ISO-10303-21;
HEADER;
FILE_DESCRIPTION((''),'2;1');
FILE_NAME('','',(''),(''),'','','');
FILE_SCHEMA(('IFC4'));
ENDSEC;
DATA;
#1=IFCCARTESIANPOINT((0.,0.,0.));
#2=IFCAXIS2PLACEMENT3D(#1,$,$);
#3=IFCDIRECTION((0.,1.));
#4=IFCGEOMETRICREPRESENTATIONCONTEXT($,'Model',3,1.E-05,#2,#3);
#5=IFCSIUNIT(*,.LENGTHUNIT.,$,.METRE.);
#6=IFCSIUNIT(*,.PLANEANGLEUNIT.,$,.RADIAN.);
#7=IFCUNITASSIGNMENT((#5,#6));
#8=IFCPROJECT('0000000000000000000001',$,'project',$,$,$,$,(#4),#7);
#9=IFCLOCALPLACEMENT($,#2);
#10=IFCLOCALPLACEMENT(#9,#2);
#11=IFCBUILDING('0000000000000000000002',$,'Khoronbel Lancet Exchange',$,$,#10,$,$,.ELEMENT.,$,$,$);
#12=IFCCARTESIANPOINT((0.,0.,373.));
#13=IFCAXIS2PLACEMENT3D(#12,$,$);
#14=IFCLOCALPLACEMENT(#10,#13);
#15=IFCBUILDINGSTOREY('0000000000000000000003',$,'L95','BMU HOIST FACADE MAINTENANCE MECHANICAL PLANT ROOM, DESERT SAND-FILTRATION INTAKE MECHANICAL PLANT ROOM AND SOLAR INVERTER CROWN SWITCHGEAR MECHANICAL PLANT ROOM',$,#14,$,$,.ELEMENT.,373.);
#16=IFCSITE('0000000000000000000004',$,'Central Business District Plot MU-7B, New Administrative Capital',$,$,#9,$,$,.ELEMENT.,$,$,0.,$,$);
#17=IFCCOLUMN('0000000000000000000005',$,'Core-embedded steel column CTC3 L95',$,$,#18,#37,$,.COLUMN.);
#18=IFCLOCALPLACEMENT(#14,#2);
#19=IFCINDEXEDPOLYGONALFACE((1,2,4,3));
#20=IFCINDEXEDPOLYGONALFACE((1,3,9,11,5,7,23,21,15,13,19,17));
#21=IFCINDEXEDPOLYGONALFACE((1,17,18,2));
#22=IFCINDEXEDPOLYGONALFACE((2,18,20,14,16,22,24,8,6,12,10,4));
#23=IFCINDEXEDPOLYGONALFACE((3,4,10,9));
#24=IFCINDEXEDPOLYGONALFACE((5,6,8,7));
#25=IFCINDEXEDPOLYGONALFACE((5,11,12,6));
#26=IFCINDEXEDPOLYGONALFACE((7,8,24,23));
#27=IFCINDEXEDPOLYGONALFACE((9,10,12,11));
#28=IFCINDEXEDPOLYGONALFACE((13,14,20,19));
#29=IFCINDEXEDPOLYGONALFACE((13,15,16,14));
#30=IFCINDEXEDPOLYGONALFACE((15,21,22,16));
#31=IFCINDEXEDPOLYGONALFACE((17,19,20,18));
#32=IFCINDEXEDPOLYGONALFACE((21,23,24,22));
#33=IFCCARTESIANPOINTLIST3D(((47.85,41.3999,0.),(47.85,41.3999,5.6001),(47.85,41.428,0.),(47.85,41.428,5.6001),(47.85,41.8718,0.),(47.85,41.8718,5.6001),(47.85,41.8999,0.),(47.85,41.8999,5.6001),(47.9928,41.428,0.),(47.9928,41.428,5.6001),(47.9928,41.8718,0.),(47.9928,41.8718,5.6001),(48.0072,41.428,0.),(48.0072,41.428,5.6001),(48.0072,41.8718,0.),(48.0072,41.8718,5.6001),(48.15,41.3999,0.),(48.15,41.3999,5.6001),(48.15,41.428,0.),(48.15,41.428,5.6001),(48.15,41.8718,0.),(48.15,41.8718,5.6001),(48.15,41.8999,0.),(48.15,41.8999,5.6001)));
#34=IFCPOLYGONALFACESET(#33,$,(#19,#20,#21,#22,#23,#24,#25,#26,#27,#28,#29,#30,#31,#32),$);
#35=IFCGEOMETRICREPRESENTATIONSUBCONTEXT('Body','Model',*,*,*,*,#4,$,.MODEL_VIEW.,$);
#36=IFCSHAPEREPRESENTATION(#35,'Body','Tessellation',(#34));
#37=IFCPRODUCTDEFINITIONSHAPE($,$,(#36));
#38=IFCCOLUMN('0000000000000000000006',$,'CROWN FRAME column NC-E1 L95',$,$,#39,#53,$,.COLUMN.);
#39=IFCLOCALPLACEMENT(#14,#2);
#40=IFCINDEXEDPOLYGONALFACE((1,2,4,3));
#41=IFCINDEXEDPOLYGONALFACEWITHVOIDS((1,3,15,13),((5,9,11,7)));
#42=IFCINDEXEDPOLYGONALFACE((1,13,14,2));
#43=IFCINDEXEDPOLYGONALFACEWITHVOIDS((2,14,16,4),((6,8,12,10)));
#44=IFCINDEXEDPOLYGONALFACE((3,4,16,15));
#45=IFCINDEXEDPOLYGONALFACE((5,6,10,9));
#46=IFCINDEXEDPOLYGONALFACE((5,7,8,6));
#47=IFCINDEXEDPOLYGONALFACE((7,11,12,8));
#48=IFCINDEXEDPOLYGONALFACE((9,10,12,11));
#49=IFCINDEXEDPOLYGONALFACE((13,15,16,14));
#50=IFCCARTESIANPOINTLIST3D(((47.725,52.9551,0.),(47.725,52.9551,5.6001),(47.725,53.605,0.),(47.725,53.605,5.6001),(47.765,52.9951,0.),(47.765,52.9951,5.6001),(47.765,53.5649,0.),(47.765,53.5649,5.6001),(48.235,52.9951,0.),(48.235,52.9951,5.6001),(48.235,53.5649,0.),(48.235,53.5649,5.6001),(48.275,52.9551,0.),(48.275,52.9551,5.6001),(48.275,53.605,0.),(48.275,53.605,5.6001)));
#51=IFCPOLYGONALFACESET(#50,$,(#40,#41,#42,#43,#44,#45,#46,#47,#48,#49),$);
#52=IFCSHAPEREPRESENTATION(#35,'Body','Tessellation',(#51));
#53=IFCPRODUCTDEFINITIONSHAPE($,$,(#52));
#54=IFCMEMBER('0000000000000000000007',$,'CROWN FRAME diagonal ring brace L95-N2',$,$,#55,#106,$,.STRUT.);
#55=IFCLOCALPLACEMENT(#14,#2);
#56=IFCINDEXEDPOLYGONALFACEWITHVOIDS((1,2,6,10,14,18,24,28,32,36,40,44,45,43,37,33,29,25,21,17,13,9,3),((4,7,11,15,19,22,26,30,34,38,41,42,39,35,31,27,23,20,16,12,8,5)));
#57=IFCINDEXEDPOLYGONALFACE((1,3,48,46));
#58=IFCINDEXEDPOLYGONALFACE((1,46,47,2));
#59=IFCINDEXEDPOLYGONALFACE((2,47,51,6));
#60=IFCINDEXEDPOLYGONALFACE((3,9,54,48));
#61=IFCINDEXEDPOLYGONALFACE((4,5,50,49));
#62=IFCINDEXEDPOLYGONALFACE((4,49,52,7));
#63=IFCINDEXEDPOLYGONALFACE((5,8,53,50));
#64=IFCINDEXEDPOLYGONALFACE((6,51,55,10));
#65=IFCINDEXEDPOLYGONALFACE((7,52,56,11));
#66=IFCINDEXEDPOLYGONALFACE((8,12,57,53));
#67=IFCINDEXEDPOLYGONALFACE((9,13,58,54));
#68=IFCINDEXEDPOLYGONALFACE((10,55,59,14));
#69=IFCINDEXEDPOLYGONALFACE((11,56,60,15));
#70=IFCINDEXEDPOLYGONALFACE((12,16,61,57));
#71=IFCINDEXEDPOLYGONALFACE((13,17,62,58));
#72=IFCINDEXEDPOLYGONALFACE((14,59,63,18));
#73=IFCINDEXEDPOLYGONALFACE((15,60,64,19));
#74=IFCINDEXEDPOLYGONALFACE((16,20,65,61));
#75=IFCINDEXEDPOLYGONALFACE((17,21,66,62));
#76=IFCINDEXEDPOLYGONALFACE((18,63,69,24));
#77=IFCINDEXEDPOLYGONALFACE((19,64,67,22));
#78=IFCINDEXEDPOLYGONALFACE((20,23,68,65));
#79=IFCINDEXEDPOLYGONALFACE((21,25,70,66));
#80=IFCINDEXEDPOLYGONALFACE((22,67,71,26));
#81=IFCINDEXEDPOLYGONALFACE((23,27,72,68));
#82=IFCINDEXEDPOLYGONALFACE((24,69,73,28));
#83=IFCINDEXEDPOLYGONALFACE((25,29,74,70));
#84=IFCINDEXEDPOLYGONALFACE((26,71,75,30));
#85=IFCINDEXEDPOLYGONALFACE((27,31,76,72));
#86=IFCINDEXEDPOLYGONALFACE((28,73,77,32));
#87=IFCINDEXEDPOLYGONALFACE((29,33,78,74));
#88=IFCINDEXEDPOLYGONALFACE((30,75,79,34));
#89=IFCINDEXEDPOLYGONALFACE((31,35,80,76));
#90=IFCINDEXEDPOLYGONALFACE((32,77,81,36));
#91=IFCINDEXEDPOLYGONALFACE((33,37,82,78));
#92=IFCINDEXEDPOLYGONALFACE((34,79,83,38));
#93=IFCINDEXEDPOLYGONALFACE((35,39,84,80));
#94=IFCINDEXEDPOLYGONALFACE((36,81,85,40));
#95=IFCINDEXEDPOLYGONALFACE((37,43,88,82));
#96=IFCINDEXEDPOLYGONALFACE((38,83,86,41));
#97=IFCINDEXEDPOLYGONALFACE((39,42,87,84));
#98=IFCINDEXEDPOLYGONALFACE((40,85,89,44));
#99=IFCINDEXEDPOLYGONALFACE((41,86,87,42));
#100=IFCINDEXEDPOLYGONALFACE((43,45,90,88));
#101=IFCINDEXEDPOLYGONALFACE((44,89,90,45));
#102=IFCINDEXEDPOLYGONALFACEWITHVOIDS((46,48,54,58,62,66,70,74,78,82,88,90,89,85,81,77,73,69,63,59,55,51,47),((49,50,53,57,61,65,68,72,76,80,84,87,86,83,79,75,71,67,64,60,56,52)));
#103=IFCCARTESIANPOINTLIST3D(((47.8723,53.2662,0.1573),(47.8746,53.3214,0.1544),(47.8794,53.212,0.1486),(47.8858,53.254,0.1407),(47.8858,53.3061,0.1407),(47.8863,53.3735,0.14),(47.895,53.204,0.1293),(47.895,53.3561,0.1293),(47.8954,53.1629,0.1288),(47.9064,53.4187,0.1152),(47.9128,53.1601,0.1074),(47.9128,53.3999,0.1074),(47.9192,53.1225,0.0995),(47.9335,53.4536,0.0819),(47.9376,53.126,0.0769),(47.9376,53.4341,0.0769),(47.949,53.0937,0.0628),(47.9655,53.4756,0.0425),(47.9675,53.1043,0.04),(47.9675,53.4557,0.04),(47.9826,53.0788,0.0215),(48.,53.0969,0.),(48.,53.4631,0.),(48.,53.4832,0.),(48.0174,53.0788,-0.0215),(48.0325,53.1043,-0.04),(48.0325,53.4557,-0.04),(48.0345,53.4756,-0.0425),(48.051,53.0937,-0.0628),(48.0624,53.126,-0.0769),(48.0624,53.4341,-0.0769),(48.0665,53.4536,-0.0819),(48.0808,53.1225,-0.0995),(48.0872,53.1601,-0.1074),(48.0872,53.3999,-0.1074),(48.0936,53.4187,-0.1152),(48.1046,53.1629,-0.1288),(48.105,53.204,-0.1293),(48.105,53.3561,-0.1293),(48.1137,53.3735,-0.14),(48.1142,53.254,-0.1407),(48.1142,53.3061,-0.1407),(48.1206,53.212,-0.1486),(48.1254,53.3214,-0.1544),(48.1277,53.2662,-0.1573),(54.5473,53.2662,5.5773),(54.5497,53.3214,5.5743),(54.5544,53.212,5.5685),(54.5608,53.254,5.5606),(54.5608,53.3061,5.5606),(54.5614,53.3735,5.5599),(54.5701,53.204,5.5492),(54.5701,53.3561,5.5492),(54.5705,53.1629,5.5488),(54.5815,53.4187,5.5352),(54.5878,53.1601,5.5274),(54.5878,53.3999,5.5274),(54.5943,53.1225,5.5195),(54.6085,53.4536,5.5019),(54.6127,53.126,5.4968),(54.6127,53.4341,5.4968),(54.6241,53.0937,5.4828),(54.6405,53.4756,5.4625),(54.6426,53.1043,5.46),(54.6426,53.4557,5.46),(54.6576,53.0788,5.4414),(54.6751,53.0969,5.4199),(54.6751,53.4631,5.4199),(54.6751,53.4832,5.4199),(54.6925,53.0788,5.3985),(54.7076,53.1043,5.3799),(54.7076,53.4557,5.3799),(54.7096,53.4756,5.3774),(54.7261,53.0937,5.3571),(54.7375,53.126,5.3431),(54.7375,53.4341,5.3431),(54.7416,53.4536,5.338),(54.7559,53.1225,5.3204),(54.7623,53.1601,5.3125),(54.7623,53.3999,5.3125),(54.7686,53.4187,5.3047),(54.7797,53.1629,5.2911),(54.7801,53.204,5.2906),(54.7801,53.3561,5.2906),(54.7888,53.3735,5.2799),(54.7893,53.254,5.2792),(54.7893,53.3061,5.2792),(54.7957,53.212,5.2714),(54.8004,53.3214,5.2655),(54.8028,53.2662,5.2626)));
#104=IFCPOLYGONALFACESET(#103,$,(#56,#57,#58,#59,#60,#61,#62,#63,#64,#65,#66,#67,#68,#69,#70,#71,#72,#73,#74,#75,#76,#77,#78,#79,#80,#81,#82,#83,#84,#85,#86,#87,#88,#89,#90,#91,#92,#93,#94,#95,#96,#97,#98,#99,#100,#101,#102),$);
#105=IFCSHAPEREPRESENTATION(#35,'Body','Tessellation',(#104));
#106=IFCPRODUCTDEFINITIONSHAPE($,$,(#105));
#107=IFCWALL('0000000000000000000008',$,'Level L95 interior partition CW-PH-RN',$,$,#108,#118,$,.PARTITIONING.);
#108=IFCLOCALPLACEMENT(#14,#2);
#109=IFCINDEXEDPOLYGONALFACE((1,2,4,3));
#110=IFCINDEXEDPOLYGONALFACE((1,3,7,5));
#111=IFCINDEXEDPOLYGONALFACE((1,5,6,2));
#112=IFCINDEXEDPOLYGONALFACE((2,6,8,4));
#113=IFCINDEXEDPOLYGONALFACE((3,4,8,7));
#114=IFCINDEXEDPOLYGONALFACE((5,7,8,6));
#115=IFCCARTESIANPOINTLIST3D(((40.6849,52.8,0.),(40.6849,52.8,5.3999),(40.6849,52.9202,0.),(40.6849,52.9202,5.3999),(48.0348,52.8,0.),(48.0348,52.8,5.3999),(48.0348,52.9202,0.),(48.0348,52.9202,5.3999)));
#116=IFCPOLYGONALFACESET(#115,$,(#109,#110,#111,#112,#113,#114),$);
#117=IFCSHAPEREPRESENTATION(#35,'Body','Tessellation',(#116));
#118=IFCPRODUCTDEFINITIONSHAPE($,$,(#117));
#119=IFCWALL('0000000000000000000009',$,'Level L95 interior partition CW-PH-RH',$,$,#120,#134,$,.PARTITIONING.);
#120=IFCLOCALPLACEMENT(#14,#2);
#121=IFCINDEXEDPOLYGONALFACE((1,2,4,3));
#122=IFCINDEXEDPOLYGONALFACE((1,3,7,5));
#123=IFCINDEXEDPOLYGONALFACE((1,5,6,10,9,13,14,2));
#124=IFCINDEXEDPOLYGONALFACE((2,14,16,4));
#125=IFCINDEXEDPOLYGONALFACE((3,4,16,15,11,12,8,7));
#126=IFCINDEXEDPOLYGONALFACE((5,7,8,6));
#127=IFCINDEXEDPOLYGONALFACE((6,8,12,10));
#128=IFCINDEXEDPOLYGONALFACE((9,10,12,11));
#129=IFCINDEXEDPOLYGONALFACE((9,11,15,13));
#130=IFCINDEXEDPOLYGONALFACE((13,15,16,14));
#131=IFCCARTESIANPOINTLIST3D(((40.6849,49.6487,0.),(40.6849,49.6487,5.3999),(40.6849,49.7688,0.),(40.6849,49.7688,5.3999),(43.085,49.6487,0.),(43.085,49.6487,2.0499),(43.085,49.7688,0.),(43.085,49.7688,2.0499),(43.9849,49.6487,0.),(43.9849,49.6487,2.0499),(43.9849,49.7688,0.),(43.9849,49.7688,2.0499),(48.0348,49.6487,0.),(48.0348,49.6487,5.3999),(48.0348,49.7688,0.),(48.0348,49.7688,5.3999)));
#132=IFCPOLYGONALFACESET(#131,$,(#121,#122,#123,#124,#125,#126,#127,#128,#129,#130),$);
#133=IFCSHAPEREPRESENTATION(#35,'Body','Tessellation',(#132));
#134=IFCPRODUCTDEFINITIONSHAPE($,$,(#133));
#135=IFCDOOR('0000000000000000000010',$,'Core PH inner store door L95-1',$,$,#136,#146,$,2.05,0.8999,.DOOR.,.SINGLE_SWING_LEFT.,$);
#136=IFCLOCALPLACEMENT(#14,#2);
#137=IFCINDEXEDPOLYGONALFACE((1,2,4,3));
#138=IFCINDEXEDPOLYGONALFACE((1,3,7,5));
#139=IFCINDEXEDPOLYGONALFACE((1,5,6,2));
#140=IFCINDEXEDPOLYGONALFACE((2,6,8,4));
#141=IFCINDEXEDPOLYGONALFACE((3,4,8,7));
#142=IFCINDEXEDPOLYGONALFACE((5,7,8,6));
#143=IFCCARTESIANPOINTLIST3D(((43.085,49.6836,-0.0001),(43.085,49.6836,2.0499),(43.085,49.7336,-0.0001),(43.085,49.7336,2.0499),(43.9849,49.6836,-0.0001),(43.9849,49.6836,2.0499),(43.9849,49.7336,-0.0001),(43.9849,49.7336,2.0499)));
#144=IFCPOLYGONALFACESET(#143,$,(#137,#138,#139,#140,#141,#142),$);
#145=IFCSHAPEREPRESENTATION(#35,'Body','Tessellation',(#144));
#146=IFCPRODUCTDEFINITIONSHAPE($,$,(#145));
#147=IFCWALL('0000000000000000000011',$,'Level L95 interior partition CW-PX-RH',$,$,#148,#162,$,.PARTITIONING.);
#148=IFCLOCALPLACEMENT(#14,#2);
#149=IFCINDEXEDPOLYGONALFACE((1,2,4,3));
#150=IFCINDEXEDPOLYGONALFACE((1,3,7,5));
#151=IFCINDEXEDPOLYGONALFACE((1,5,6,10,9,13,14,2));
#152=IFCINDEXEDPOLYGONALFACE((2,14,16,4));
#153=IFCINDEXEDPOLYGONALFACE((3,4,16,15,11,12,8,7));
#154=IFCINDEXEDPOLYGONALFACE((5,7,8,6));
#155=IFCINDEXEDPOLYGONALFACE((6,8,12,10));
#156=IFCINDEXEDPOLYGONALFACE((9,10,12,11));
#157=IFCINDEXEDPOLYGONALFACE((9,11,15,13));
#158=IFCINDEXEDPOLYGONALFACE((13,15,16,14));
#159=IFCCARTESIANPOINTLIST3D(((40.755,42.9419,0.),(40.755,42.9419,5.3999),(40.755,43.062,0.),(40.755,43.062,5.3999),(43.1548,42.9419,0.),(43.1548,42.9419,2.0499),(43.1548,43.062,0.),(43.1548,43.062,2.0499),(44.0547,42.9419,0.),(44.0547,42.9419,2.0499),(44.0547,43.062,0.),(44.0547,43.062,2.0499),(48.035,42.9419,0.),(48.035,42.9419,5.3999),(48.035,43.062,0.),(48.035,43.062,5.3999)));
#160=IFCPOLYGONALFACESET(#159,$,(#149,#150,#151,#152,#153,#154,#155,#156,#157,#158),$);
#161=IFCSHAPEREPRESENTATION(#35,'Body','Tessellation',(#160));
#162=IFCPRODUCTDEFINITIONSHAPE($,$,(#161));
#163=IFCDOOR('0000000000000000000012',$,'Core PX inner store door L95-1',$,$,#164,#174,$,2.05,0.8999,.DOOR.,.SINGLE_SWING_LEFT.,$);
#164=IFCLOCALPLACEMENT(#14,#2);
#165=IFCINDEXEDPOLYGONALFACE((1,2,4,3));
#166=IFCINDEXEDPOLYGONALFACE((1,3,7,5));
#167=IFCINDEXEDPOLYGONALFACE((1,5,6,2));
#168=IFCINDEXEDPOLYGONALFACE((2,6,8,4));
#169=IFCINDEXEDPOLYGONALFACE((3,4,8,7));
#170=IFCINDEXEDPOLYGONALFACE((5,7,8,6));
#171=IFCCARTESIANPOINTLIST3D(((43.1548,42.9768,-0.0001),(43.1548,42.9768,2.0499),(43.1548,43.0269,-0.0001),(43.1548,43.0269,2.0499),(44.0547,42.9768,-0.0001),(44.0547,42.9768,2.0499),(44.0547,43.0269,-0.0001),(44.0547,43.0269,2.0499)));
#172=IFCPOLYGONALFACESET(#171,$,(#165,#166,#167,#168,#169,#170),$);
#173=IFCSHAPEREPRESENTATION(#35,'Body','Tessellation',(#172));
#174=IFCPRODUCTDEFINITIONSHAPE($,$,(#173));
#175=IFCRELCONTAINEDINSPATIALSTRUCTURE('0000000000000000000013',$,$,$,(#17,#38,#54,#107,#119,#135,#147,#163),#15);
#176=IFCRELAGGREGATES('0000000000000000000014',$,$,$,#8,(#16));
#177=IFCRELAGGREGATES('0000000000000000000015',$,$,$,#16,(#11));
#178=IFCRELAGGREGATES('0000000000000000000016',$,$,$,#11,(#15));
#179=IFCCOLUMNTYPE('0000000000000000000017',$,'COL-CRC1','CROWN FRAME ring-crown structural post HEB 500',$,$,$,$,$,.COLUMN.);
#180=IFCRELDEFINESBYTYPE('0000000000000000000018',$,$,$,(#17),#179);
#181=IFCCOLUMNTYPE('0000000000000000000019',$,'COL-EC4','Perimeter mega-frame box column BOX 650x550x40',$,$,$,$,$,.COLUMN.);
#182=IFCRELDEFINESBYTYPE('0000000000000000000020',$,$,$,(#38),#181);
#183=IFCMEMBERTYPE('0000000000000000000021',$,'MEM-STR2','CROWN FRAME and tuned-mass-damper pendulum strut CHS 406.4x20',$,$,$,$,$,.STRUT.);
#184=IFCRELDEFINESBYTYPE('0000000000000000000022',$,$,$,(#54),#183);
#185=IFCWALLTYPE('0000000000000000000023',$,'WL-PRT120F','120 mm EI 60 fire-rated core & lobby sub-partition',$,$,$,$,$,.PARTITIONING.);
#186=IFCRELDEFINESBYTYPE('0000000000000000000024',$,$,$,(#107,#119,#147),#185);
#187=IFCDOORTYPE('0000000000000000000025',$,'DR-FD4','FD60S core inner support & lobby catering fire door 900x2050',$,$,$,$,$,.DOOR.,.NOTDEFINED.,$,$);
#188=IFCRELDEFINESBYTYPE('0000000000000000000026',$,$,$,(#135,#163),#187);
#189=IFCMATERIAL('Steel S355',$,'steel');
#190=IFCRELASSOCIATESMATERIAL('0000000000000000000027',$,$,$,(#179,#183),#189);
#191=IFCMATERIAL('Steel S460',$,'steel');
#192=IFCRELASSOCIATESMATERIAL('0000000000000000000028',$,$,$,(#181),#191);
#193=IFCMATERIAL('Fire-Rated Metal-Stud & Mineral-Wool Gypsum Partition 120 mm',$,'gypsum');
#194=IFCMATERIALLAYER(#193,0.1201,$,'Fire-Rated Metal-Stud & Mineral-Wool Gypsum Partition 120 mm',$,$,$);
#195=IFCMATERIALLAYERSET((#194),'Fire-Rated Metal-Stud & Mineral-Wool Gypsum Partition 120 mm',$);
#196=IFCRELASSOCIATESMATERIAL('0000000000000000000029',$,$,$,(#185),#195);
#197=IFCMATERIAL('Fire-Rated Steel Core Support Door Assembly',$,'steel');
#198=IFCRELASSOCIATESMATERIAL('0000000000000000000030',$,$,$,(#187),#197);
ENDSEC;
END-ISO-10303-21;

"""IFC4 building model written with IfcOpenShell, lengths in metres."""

from ifc_helpers import new_model, si_unit, direction, frame, frame_2d, origin, origin_2d, place, context, subcontext, project, spatial, rectangle, hollow_rectangle, hollow_circle, i_section, extrude, material, layer, layer_set, material_profile, profile_set, type_object, element, fill, save


model = new_model("IFC4")

# Units and contexts
model_context = context("Model", 3, precision=1e-05, world=origin(), true_north=direction((0.0, 1.0)))
body_context = subcontext(model_context, "Body", "Model", "MODEL_VIEW")
ifc_project = project(units=[si_unit("LENGTHUNIT", "METRE"), si_unit("PLANEANGLEUNIT", "RADIAN")], contexts=[model_context])

# Site, building, storey
site_placement = place(None, origin())
site = spatial("IfcSite", under=ifc_project, at=site_placement, Name="Central Business District Plot MU-7B, New Administrative Capital", CompositionType="ELEMENT", RefElevation=0.0)
building_placement = place(site_placement, origin())
building = spatial("IfcBuilding", under=site, at=building_placement, Name="Khoronbel Lancet Exchange", CompositionType="ELEMENT")
storey_placement = place(building_placement, frame((0.0, 0.0, 373.0)))
storey = spatial("IfcBuildingStorey", under=building, at=storey_placement, Name="L95", Description="BMU HOIST FACADE MAINTENANCE MECHANICAL PLANT ROOM, DESERT SAND-FILTRATION INTAKE MECHANICAL PLANT ROOM AND SOLAR INVERTER CROWN SWITCHGEAR MECHANICAL PLANT ROOM", CompositionType="ELEMENT", Elevation=373.0)

# Columns
ifc_material_1 = material(Name="Steel S355", Category="steel")
ifc_material_profile_1 = material_profile(ifc_material_1, i_section(OverallWidth=0.3, OverallDepth=0.5, WebThickness=0.0144, FlangeThickness=0.0281, at=origin_2d()), Name="HEB 500")
ifc_profile_set_1 = profile_set([ifc_material_profile_1], Name="Steel S355")
column_type_1 = type_object("IfcColumnType", Name="COL-CRC1", Description="CROWN FRAME ring-crown structural post HEB 500", PredefinedType="COLUMN", material=ifc_profile_set_1)
column_1_placement = place(storey_placement, frame((48.0, 41.6499, 0.0), z_axis=(0.0, 0.0, 1.0), x_axis=(1.0, 0.0, 0.0)))
element("IfcColumn", 1, at=column_1_placement, inside=storey, type_object=column_type_1, Name="Core-embedded steel column CTC3 L95", PredefinedType="COLUMN", context=body_context, shape_type="SweptSolid", body=[
    extrude(i_section(OverallWidth=0.3, OverallDepth=0.5, WebThickness=0.0144, FlangeThickness=0.0281, at=origin_2d()), origin(), (0.0, 0.0, 1.0), 5.6001),
])
ifc_material_2 = material(Name="Steel S460", Category="steel")
ifc_material_profile_2 = material_profile(ifc_material_2, hollow_rectangle(XDim=0.55, YDim=0.6499, WallThickness=0.04, at=origin_2d()), Name="BOX 650x550x40")
ifc_profile_set_2 = profile_set([ifc_material_profile_2], Name="Steel S460")
column_type_2 = type_object("IfcColumnType", Name="COL-EC4", Description="Perimeter mega-frame box column BOX 650x550x40", PredefinedType="COLUMN", material=ifc_profile_set_2)
column_2_placement = place(storey_placement, frame((48.0, 53.28, 0.0), z_axis=(0.0, 0.0, 1.0), x_axis=(1.0, 0.0, 0.0)))
element("IfcColumn", 2, at=column_2_placement, inside=storey, type_object=column_type_2, Name="CROWN FRAME column NC-E1 L95", PredefinedType="COLUMN", context=body_context, shape_type="SweptSolid", body=[
    extrude(hollow_rectangle(XDim=0.55, YDim=0.6499, WallThickness=0.04, at=origin_2d()), origin(), (0.0, 0.0, 1.0), 5.6001),
])

# Member
ifc_material_profile_3 = material_profile(ifc_material_1, hollow_circle(Radius=0.2031, WallThickness=0.02, at=origin_2d()), Name="CHS 406.4x20")
ifc_profile_set_3 = profile_set([ifc_material_profile_3], Name="Steel S355")
member_type = type_object("IfcMemberType", Name="MEM-STR2", Description="CROWN FRAME and tuned-mass-damper pendulum strut CHS 406.4x20", PredefinedType="STRUT", material=ifc_profile_set_3)
member_placement = place(storey_placement, frame((48.0, 53.28, 0.0), z_axis=(0.776316, 0.0, 0.630344), x_axis=(0.0, 1.0, 0.0)))
element("IfcMember", 3, at=member_placement, inside=storey, type_object=member_type, Name="CROWN FRAME diagonal ring brace L95-N2", PredefinedType="STRUT", context=body_context, shape_type="SweptSolid", body=[
    extrude(hollow_circle(Radius=0.2031, WallThickness=0.02, at=origin_2d()), origin(), (0.0, 0.0, 1.0), 8.5984),
])

# Wall
ifc_material_3 = material(Name="Fire-Rated Metal-Stud & Mineral-Wool Gypsum Partition 120 mm", Category="gypsum")
ifc_layer_1 = layer(ifc_material_3, 0.1201, Name="Fire-Rated Metal-Stud & Mineral-Wool Gypsum Partition 120 mm")
ifc_layer_set_1 = layer_set([ifc_layer_1], Name="Fire-Rated Metal-Stud & Mineral-Wool Gypsum Partition 120 mm")
wall_type_1 = type_object("IfcWallType", Name="WL-PRT120F", Description="120 mm EI 60 fire-rated core & lobby sub-partition", PredefinedType="PARTITIONING", material=ifc_layer_set_1)
wall_1_placement = place(storey_placement, frame((40.6851, 52.8601, 0.0), z_axis=(0.0, 0.0, 1.0), x_axis=(1.0, 0.0, 0.0)))
element("IfcWall", 4, at=wall_1_placement, inside=storey, type_object=wall_type_1, Name="Level L95 interior partition CW-PH-RN", PredefinedType="PARTITIONING", context=body_context, shape_type="SweptSolid", body=[
    extrude(rectangle(XDim=7.3499, YDim=0.1201, at=frame_2d((3.6748, 0.0))), origin(), (0.0, 0.0, 1.0), 5.3999),
])

# Walls, openings, doors
wall_2_placement = place(storey_placement, frame((40.6851, 49.7087, 0.0), z_axis=(0.0, 0.0, 1.0), x_axis=(1.0, 0.0, 0.0)))
wall_2 = element("IfcWall", 5, at=wall_2_placement, inside=storey, type_object=wall_type_1, Name="Level L95 interior partition CW-PH-RH", PredefinedType="PARTITIONING", context=body_context, shape_type="SweptSolid", body=[
    extrude(rectangle(XDim=7.3499, YDim=0.1201, at=frame_2d((3.6748, 0.0))), origin(), (0.0, 0.0, 1.0), 5.3999),
])
opening_1_placement = place(wall_2_placement, frame((2.3999, 0.0, 0.0)))
opening_1 = element("IfcOpeningElement", 6, at=opening_1_placement, cuts=wall_2, PredefinedType="OPENING", context=body_context, shape_type="SweptSolid", body=[
    extrude(rectangle(XDim=0.8999, YDim=2.05, at=frame_2d((0.45, 1.0249))), frame((0.0, 0.0701, 0.0), z_axis=(0.0, -1.0, 0.0), x_axis=(1.0, 0.0, 0.0)), (0.0, 0.0, 1.0), 0.1401),
])
ifc_material_4 = material(Name="Fire-Rated Steel Core Support Door Assembly", Category="steel")
door_type_1 = type_object("IfcDoorType", Name="DR-FD4", Description="FD60S core inner support & lobby catering fire door 900x2050", OperationType="NOTDEFINED", PredefinedType="DOOR", material=ifc_material_4)
door_1_placement = place(opening_1_placement, origin())
door_1 = element("IfcDoor", 7, at=door_1_placement, inside=storey, type_object=door_type_1, Name="Core PH inner store door L95-1", OperationType="SINGLE_SWING_LEFT", OverallHeight=2.05, OverallWidth=0.8999, PredefinedType="DOOR", context=body_context, shape_type="SweptSolid", body=[
    extrude(rectangle(XDim=0.8999, YDim=2.05, at=frame_2d((0.45, 1.0249))), frame((0.0, 0.0249, 0.0), z_axis=(0.0, -1.0, 0.0), x_axis=(1.0, 0.0, 0.0)), (0.0, 0.0, 1.0), 0.05),
])
fill(opening_1, door_1)
wall_3_placement = place(storey_placement, frame((40.7549, 43.002, 0.0), z_axis=(0.0, 0.0, 1.0), x_axis=(1.0, 0.0, 0.0)))
wall_3 = element("IfcWall", 8, at=wall_3_placement, inside=storey, type_object=wall_type_1, Name="Level L95 interior partition CW-PX-RH", PredefinedType="PARTITIONING", context=body_context, shape_type="SweptSolid", body=[
    extrude(rectangle(XDim=7.28, YDim=0.1201, at=frame_2d((3.6401, 0.0))), origin(), (0.0, 0.0, 1.0), 5.3999),
])
opening_2_placement = place(wall_3_placement, frame((2.3999, 0.0, 0.0)))
opening_2 = element("IfcOpeningElement", 9, at=opening_2_placement, cuts=wall_3, PredefinedType="OPENING", context=body_context, shape_type="SweptSolid", body=[
    extrude(rectangle(XDim=0.8999, YDim=2.05, at=frame_2d((0.45, 1.0249))), frame((0.0, 0.0701, 0.0), z_axis=(0.0, -1.0, 0.0), x_axis=(1.0, 0.0, 0.0)), (0.0, 0.0, 1.0), 0.1401),
])
door_2_placement = place(opening_2_placement, origin())
door_2 = element("IfcDoor", 10, at=door_2_placement, inside=storey, type_object=door_type_1, Name="Core PX inner store door L95-1", OperationType="SINGLE_SWING_LEFT", OverallHeight=2.05, OverallWidth=0.8999, PredefinedType="DOOR", context=body_context, shape_type="SweptSolid", body=[
    extrude(rectangle(XDim=0.8999, YDim=2.05, at=frame_2d((0.45, 1.0249))), frame((0.0, 0.0249, 0.0), z_axis=(0.0, -1.0, 0.0), x_axis=(1.0, 0.0, 0.0)), (0.0, 0.0, 1.0), 0.05),
])
fill(opening_2, door_2)

save(model, "model.ifc")
